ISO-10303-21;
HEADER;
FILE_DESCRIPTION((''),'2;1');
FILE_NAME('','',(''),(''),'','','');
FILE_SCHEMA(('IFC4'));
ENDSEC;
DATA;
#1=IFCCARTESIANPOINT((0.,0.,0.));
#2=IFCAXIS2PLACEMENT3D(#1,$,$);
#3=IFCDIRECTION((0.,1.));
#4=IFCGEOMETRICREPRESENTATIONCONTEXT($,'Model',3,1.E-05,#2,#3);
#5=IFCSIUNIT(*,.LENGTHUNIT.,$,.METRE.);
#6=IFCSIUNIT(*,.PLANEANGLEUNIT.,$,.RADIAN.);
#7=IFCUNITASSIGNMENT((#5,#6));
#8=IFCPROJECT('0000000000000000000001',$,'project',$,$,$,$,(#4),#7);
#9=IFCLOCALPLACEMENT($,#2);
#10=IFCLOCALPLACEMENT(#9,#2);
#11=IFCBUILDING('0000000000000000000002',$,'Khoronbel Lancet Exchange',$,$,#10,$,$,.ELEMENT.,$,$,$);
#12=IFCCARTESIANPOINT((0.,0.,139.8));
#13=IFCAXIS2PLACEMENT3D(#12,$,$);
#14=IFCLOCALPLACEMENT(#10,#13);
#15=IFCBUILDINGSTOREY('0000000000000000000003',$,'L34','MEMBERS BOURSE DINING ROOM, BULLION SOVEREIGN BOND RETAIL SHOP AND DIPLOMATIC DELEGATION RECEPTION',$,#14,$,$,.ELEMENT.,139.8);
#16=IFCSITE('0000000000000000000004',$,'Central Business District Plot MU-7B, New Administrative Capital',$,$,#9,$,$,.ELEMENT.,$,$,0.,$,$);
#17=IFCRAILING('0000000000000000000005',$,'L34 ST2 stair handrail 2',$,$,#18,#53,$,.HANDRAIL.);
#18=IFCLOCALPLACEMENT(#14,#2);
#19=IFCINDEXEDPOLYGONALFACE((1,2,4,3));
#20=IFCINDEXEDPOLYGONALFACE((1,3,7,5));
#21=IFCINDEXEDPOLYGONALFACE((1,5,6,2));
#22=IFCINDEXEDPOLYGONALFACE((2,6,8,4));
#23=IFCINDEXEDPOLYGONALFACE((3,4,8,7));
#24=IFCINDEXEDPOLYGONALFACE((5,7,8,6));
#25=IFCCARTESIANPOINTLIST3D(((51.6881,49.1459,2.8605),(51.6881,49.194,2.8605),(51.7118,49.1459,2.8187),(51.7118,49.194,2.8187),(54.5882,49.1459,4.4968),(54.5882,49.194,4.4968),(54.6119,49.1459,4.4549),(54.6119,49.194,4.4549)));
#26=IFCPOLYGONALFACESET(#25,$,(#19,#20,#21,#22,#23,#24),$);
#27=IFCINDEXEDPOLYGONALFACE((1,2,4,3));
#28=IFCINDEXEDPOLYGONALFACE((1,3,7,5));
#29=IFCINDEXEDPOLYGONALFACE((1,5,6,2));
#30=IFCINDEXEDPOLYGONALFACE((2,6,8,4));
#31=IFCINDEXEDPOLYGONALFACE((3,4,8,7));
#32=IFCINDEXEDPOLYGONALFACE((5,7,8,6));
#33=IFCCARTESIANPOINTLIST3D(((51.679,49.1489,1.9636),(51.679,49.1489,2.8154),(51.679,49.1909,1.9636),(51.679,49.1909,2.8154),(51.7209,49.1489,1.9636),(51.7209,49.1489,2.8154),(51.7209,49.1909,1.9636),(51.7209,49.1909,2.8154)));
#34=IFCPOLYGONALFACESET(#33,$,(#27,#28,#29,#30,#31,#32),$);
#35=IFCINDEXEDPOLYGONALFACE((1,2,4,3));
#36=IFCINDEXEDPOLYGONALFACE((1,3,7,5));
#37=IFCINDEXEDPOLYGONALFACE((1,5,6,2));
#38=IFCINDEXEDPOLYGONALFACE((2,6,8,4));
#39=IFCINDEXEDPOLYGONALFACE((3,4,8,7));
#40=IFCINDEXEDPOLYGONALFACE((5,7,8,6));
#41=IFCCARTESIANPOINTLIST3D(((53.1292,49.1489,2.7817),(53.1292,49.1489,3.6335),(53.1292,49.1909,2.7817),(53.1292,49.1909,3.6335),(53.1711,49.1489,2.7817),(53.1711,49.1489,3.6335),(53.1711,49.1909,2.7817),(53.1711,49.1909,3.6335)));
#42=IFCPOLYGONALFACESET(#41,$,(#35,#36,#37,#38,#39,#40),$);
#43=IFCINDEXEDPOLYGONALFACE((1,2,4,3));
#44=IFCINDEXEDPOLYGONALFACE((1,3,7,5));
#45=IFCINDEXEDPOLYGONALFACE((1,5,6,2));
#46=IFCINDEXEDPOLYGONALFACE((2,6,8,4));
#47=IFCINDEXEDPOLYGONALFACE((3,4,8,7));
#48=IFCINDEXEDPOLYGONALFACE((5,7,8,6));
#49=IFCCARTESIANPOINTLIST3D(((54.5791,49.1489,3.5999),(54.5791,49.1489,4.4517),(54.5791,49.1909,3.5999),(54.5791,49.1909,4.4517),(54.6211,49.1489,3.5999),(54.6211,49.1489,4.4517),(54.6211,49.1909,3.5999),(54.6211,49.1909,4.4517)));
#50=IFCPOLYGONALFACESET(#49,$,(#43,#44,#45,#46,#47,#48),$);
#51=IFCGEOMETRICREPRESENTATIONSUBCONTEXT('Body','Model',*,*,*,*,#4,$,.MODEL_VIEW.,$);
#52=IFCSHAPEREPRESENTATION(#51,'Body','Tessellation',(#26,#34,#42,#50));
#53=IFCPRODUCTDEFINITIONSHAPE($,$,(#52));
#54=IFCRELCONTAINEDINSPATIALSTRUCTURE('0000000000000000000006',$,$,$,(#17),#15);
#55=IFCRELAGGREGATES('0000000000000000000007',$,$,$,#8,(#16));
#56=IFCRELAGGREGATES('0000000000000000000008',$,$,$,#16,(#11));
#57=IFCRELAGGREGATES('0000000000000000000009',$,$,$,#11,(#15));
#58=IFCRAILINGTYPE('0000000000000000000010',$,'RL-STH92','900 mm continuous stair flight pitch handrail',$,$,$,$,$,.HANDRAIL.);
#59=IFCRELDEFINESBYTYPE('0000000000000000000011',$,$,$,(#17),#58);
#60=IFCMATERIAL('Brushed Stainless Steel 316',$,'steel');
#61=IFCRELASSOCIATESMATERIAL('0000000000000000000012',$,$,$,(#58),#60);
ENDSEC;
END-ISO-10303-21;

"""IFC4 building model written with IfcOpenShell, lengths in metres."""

from ifc_helpers import new_model, si_unit, direction, frame, origin, origin_2d, place, context, subcontext, project, spatial, rectangle, extrude, material, type_object, element, save


model = new_model("IFC4")

# Units and contexts
model_context = context("Model", 3, precision=1e-05, world=origin(), true_north=direction((0.0, 1.0)))
body_context = subcontext(model_context, "Body", "Model", "MODEL_VIEW")
ifc_project = project(units=[si_unit("LENGTHUNIT", "METRE"), si_unit("PLANEANGLEUNIT", "RADIAN")], contexts=[model_context])

# Site, building, storey
site_placement = place(None, origin())
site = spatial("IfcSite", under=ifc_project, at=site_placement, Name="Central Business District Plot MU-7B, New Administrative Capital", CompositionType="ELEMENT", RefElevation=0.0)
building_placement = place(site_placement, origin())
building = spatial("IfcBuilding", under=site, at=building_placement, Name="Khoronbel Lancet Exchange", CompositionType="ELEMENT")
storey_placement = place(building_placement, frame((0.0, 0.0, 139.8)))
storey = spatial("IfcBuildingStorey", under=building, at=storey_placement, Name="L34", Description="MEMBERS BOURSE DINING ROOM, BULLION SOVEREIGN BOND RETAIL SHOP AND DIPLOMATIC DELEGATION RECEPTION", CompositionType="ELEMENT", Elevation=139.8)

# Railing
ifc_material_1 = material(Name="Brushed Stainless Steel 316", Category="steel")
railing_type_1 = type_object("IfcRailingType", Name="RL-STH92", Description="900 mm continuous stair flight pitch handrail", PredefinedType="HANDRAIL", material=ifc_material_1)
railing_1_placement = place(storey_placement, frame((51.7, 49.1699, 1.9636)))
element("IfcRailing", 1, at=railing_1_placement, inside=storey, type_object=railing_type_1, Name="L34 ST2 stair handrail 2", PredefinedType="HANDRAIL", context=body_context, shape_type="SweptSolid", body=[
    extrude(rectangle(XDim=0.0481, YDim=0.0481, at=origin_2d()), frame((0.0, 0.0, 0.876), z_axis=(0.870946, 0.0, 0.491378), x_axis=(0.0, 1.0, 0.0)), (0.0, 0.0, 1.0), 3.3298),
    extrude(rectangle(XDim=0.042, YDim=0.042, at=origin_2d()), origin(), (0.0, 0.0, 1.0), 0.8518),
    extrude(rectangle(XDim=0.042, YDim=0.042, at=origin_2d()), frame((1.4502, 0.0, 0.8181)), (0.0, 0.0, 1.0), 0.8518),
    extrude(rectangle(XDim=0.042, YDim=0.042, at=origin_2d()), frame((2.9001, 0.0, 1.6362)), (0.0, 0.0, 1.0), 0.8518),
])

save(model, "model.ifc")
